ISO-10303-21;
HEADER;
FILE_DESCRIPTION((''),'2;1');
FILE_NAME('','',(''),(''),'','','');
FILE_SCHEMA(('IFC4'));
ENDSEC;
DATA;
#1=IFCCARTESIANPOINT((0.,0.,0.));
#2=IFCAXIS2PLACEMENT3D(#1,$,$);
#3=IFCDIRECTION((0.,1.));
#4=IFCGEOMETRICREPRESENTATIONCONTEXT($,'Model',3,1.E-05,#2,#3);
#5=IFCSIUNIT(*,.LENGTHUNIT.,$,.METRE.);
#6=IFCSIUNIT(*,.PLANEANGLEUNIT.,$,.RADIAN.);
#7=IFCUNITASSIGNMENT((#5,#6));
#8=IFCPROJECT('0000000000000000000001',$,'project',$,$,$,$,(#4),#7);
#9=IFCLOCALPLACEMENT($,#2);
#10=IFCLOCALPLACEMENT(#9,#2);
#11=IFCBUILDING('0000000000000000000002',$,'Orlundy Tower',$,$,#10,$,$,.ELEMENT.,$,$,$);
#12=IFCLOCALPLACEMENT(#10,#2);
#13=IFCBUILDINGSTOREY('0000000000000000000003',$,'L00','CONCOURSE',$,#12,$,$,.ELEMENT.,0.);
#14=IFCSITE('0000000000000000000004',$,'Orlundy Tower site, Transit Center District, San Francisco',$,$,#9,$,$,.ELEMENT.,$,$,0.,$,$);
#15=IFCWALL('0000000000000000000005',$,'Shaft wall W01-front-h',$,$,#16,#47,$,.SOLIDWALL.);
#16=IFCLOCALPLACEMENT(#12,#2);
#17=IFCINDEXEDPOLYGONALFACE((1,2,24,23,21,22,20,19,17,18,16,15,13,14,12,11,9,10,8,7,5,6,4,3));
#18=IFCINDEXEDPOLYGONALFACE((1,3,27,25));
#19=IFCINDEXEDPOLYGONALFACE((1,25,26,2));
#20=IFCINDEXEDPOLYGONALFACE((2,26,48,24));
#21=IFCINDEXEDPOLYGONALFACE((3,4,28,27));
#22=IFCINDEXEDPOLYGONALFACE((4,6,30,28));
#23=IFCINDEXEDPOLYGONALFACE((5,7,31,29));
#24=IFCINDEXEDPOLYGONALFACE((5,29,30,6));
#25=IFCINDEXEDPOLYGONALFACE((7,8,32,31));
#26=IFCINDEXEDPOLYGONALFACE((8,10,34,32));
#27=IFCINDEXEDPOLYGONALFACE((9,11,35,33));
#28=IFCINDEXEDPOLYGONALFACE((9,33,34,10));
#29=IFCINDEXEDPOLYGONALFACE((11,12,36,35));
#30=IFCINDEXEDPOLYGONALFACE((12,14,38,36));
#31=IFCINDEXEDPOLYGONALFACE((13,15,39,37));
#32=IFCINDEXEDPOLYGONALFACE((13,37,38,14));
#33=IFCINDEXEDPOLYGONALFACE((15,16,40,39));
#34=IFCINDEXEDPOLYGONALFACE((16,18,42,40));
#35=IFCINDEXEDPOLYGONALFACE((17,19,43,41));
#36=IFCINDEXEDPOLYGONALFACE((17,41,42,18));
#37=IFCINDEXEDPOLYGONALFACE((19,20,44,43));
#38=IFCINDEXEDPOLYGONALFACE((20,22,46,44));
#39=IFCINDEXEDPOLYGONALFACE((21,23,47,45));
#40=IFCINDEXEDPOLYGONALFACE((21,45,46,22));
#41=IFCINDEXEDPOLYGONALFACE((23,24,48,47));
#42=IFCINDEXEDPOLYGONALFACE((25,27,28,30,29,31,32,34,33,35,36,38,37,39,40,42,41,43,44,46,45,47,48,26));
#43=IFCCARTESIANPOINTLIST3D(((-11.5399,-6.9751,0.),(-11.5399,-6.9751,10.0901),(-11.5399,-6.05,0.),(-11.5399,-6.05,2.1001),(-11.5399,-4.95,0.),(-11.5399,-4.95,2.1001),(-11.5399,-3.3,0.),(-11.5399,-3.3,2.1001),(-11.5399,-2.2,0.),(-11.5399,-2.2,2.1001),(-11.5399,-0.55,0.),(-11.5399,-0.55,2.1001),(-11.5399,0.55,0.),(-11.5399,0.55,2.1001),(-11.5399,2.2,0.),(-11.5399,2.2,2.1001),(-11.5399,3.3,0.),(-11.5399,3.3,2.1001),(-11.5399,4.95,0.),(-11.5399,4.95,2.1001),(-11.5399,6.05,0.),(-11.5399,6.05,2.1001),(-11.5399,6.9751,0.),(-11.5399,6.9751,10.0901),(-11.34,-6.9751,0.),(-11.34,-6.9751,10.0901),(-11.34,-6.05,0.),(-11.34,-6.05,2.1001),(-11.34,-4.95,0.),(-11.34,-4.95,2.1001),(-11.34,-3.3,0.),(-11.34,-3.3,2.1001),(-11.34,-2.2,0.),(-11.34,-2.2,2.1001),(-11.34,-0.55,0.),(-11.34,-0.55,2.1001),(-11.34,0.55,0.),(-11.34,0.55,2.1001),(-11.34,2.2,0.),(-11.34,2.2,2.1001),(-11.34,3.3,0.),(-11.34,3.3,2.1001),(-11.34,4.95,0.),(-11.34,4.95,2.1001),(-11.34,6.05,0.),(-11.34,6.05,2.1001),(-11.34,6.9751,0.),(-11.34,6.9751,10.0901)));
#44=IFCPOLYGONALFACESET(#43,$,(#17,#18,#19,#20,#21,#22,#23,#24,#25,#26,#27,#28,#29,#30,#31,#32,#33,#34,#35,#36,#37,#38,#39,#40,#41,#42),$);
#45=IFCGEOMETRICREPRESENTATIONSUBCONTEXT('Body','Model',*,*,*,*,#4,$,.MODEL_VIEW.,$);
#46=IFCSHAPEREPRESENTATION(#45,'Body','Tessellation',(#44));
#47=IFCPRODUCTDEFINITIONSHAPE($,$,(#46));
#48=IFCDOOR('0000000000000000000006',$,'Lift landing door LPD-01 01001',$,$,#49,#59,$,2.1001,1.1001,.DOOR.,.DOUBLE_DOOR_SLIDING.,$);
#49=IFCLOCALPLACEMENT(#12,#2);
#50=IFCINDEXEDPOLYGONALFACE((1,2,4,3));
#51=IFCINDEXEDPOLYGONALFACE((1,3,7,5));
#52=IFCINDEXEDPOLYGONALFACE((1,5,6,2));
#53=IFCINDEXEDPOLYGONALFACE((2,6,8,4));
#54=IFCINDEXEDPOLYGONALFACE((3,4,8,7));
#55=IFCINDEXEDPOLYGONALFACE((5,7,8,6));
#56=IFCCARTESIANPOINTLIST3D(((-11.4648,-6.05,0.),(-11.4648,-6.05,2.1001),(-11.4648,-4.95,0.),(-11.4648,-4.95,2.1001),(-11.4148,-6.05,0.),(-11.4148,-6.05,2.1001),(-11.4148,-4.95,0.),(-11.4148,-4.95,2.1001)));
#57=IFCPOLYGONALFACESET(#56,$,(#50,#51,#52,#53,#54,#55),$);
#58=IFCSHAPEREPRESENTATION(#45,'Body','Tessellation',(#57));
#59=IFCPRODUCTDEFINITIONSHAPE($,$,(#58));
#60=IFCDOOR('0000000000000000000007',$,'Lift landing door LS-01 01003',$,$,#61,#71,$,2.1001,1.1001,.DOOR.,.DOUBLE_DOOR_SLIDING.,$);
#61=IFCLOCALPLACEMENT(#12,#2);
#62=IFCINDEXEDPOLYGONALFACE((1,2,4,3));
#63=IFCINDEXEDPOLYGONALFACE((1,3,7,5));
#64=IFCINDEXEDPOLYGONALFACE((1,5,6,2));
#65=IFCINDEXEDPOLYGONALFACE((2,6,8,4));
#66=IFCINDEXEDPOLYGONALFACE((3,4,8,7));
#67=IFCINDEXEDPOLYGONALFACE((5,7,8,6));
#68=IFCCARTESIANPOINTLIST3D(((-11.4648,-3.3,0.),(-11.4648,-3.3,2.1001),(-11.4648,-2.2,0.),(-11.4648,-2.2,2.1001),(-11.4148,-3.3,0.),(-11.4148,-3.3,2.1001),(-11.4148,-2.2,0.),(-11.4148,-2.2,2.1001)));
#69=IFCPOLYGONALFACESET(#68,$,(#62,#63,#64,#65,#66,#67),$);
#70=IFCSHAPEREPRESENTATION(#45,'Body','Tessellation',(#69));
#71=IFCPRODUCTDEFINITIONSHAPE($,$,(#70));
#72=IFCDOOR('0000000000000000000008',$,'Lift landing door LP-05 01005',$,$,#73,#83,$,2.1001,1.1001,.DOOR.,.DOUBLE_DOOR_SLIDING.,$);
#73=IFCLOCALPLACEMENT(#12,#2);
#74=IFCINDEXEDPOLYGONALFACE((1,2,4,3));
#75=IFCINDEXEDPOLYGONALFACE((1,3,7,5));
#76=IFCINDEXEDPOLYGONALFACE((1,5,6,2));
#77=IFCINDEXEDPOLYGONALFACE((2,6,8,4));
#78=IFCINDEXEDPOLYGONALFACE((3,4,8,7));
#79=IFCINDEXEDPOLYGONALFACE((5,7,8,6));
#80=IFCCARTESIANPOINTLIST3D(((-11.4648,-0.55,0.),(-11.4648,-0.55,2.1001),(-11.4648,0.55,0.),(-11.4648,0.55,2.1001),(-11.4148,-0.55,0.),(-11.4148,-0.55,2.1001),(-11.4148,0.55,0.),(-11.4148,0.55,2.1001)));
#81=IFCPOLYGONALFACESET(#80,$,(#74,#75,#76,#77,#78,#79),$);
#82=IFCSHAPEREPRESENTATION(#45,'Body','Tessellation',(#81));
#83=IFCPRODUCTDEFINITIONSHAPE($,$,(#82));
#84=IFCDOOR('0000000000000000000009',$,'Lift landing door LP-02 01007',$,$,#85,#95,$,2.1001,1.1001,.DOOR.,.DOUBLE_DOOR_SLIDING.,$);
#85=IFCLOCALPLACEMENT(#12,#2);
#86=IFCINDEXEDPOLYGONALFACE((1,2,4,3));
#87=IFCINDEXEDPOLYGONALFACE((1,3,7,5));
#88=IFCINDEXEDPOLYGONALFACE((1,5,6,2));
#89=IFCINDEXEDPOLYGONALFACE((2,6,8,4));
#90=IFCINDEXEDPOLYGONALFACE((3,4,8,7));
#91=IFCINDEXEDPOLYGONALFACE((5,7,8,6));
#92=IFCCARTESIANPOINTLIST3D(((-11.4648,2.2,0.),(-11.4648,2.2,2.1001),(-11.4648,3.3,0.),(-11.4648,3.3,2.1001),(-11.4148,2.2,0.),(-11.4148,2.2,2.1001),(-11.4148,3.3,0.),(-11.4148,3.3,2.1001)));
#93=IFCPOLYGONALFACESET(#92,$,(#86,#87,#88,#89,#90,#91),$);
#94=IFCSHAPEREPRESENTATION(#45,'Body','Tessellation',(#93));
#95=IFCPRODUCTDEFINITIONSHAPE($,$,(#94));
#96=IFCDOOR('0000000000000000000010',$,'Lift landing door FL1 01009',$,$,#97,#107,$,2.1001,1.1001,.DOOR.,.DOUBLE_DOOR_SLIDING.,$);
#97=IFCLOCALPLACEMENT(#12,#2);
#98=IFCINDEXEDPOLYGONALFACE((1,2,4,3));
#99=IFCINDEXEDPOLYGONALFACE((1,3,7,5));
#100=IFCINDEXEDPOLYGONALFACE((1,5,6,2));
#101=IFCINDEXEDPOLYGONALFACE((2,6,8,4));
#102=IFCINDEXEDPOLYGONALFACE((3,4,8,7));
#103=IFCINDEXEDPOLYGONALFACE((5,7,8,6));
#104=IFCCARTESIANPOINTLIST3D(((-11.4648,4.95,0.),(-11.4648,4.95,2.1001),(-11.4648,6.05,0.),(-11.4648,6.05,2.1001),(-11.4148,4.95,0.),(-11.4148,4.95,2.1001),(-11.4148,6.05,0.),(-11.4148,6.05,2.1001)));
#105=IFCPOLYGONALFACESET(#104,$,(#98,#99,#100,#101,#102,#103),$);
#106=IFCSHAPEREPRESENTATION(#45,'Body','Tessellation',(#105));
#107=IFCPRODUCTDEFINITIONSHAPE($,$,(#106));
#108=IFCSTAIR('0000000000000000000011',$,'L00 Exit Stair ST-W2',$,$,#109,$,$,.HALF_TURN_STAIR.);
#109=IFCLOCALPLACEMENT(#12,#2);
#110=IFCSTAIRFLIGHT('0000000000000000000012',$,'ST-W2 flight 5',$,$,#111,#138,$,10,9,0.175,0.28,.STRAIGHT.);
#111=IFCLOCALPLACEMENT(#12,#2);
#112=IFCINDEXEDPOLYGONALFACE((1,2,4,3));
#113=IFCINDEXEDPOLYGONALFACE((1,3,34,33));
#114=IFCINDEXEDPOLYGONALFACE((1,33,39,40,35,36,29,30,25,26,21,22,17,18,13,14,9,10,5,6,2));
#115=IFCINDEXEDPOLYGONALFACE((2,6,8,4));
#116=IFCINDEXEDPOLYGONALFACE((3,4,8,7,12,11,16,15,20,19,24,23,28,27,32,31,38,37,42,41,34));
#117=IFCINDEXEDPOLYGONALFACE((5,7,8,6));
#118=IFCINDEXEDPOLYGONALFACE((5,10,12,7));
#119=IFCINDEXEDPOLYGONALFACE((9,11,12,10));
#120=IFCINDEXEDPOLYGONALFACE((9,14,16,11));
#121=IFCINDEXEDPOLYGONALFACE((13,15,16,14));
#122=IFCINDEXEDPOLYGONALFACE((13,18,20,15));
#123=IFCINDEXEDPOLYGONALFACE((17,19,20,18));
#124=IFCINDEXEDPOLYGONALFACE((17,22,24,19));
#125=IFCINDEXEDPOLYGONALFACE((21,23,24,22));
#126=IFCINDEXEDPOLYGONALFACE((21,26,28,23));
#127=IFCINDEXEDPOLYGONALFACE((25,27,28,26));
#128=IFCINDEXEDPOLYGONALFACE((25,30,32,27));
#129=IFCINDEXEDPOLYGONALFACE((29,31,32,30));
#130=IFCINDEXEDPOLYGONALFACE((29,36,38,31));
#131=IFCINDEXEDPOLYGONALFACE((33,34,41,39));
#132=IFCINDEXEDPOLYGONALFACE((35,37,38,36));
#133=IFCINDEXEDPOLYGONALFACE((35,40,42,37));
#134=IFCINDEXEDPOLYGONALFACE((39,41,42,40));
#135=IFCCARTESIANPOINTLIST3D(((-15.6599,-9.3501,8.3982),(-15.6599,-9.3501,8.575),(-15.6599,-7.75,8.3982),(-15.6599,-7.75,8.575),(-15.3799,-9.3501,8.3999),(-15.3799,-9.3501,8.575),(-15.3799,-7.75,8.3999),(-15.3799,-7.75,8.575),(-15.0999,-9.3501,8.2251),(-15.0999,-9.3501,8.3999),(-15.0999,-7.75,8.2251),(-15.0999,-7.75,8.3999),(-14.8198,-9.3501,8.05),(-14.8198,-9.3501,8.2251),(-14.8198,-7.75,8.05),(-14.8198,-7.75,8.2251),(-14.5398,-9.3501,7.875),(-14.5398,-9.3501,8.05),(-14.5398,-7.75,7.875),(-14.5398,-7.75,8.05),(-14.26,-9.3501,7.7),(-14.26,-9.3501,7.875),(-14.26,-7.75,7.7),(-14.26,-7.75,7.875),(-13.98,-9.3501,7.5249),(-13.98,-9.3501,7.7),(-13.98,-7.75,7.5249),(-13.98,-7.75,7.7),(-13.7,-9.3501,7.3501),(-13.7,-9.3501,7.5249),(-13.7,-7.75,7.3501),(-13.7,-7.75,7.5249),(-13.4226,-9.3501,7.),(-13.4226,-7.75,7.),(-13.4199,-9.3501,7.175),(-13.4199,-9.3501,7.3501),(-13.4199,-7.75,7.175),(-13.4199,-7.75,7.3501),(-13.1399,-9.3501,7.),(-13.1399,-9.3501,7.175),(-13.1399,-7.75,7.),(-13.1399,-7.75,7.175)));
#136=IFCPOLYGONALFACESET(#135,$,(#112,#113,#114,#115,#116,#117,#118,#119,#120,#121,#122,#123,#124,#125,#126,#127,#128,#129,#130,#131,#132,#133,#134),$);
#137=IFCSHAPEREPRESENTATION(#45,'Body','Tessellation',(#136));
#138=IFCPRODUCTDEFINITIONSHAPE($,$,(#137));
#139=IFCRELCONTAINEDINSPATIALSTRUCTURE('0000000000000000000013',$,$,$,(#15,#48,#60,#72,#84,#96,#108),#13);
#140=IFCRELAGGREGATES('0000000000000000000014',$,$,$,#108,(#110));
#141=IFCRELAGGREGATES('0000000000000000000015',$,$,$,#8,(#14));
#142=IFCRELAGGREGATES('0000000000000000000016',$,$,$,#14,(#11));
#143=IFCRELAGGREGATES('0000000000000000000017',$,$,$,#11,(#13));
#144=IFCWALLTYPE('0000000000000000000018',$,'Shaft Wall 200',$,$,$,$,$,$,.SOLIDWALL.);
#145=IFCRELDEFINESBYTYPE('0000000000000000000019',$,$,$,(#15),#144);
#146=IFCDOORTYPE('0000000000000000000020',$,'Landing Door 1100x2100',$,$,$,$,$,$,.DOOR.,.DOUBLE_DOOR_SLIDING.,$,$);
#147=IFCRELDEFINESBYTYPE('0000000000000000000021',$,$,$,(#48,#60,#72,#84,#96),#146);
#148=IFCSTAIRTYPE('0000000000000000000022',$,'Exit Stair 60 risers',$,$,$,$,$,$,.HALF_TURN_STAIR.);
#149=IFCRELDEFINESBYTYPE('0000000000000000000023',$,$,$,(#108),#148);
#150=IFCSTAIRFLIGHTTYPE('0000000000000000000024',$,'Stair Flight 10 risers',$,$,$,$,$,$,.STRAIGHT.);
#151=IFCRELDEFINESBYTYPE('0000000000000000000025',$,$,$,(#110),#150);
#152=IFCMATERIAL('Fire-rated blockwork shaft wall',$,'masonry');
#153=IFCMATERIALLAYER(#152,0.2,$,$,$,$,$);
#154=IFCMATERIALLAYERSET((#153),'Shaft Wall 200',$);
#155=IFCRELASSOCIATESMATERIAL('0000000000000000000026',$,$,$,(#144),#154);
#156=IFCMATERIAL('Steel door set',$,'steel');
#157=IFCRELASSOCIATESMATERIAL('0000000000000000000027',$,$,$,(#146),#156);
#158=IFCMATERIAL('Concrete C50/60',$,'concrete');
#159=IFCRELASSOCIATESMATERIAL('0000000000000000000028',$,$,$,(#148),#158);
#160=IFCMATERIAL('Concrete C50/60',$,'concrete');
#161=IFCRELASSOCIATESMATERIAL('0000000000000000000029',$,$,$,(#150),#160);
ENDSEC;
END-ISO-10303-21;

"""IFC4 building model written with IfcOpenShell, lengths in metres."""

from ifc_helpers import new_model, si_unit, direction, frame, frame_2d, origin, place, context, subcontext, project, spatial, polyline, rectangle, outline, extrude, material, layer, layer_set, type_object, element, fill, aggregate, save


model = new_model("IFC4")

# Units and contexts
model_context = context("Model", 3, precision=1e-05, world=origin(), true_north=direction((0.0, 1.0)))
body_context = subcontext(model_context, "Body", "Model", "MODEL_VIEW")
ifc_project = project(units=[si_unit("LENGTHUNIT", "METRE"), si_unit("PLANEANGLEUNIT", "RADIAN")], contexts=[model_context])

# Site, building, storey
site_placement = place(None, origin())
site = spatial("IfcSite", under=ifc_project, at=site_placement, Name="Orlundy Tower site, Transit Center District, San Francisco", CompositionType="ELEMENT", RefElevation=0.0)
building_placement = place(site_placement, origin())
building = spatial("IfcBuilding", under=site, at=building_placement, Name="Orlundy Tower", CompositionType="ELEMENT")
storey_placement = place(building_placement, origin())
storey = spatial("IfcBuildingStorey", under=building, at=storey_placement, Name="L00", Description="CONCOURSE", CompositionType="ELEMENT", Elevation=0.0)

# Shared definitions
ifc_material_1 = material(Name="Fire-rated blockwork shaft wall", Category="masonry")
ifc_layer_1 = layer(ifc_material_1, 0.2)
ifc_layer_set_1 = layer_set([ifc_layer_1], Name="Shaft Wall 200")
wall_type_1 = type_object("IfcWallType", Name="Shaft Wall 200", PredefinedType="SOLIDWALL", material=ifc_layer_set_1)

# Wall, openings, doors
wall_1_placement = place(storey_placement, frame((-11.4399, -6.9751, 0.0), z_axis=(0.0, 0.0, 1.0), x_axis=(0.0, 1.0, 0.0)))
wall_1 = element("IfcWall", 1, at=wall_1_placement, inside=storey, type_object=wall_type_1, Name="Shaft wall W01-front-h", PredefinedType="SOLIDWALL", context=body_context, shape_type="SweptSolid", body=[
    extrude(rectangle(XDim=13.9502, YDim=0.2, at=frame_2d((6.9751, 0.0))), origin(), (0.0, 0.0, 1.0), 10.0901),
])
opening_1_placement = place(wall_1_placement, frame((0.925, 0.0, 0.0)))
opening_1 = element("IfcOpeningElement", 2, at=opening_1_placement, cuts=wall_1, PredefinedType="OPENING", context=body_context, shape_type="SweptSolid", body=[
    extrude(rectangle(XDim=1.1001, YDim=2.1001, at=frame_2d((0.55, 1.05))), frame((0.0, 0.1101, 0.0), z_axis=(0.0, -1.0, 0.0), x_axis=(1.0, 0.0, 0.0)), (0.0, 0.0, 1.0), 0.2202),
])
opening_2_placement = place(wall_1_placement, frame((3.675, 0.0, 0.0)))
opening_2 = element("IfcOpeningElement", 3, at=opening_2_placement, cuts=wall_1, PredefinedType="OPENING", context=body_context, shape_type="SweptSolid", body=[
    extrude(rectangle(XDim=1.1001, YDim=2.1001, at=frame_2d((0.55, 1.05))), frame((0.0, 0.1101, 0.0), z_axis=(0.0, -1.0, 0.0), x_axis=(1.0, 0.0, 0.0)), (0.0, 0.0, 1.0), 0.2202),
])
opening_3_placement = place(wall_1_placement, frame((6.425, 0.0, 0.0)))
opening_3 = element("IfcOpeningElement", 4, at=opening_3_placement, cuts=wall_1, PredefinedType="OPENING", context=body_context, shape_type="SweptSolid", body=[
    extrude(rectangle(XDim=1.1001, YDim=2.1001, at=frame_2d((0.55, 1.05))), frame((0.0, 0.1101, 0.0), z_axis=(0.0, -1.0, 0.0), x_axis=(1.0, 0.0, 0.0)), (0.0, 0.0, 1.0), 0.2202),
])
opening_4_placement = place(wall_1_placement, frame((9.175, 0.0, 0.0)))
opening_4 = element("IfcOpeningElement", 5, at=opening_4_placement, cuts=wall_1, PredefinedType="OPENING", context=body_context, shape_type="SweptSolid", body=[
    extrude(rectangle(XDim=1.1001, YDim=2.1001, at=frame_2d((0.55, 1.05))), frame((0.0, 0.1101, 0.0), z_axis=(0.0, -1.0, 0.0), x_axis=(1.0, 0.0, 0.0)), (0.0, 0.0, 1.0), 0.2202),
])
opening_5_placement = place(wall_1_placement, frame((11.925, 0.0, 0.0)))
opening_5 = element("IfcOpeningElement", 6, at=opening_5_placement, cuts=wall_1, PredefinedType="OPENING", context=body_context, shape_type="SweptSolid", body=[
    extrude(rectangle(XDim=1.1001, YDim=2.1001, at=frame_2d((0.55, 1.05))), frame((0.0, 0.1101, 0.0), z_axis=(0.0, -1.0, 0.0), x_axis=(1.0, 0.0, 0.0)), (0.0, 0.0, 1.0), 0.2202),
])
ifc_material_2 = material(Name="Steel door set", Category="steel")
door_type_1 = type_object("IfcDoorType", Name="Landing Door 1100x2100", OperationType="DOUBLE_DOOR_SLIDING", PredefinedType="DOOR", material=ifc_material_2)
door_1_placement = place(opening_1_placement, origin())
door_1 = element("IfcDoor", 7, at=door_1_placement, inside=storey, type_object=door_type_1, Name="Lift landing door LPD-01 01001", OperationType="DOUBLE_DOOR_SLIDING", OverallHeight=2.1001, OverallWidth=1.1001, PredefinedType="DOOR", context=body_context, shape_type="SweptSolid", body=[
    extrude(rectangle(XDim=1.1001, YDim=2.1001, at=frame_2d((0.55, 1.05))), frame((0.0, 0.0249, 0.0), z_axis=(0.0, -1.0, 0.0), x_axis=(1.0, 0.0, 0.0)), (0.0, 0.0, 1.0), 0.05),
])
fill(opening_1, door_1)
door_2_placement = place(opening_2_placement, origin())
door_2 = element("IfcDoor", 8, at=door_2_placement, inside=storey, type_object=door_type_1, Name="Lift landing door LS-01 01003", OperationType="DOUBLE_DOOR_SLIDING", OverallHeight=2.1001, OverallWidth=1.1001, PredefinedType="DOOR", context=body_context, shape_type="SweptSolid", body=[
    extrude(rectangle(XDim=1.1001, YDim=2.1001, at=frame_2d((0.55, 1.05))), frame((0.0, 0.0249, 0.0), z_axis=(0.0, -1.0, 0.0), x_axis=(1.0, 0.0, 0.0)), (0.0, 0.0, 1.0), 0.05),
])
fill(opening_2, door_2)
door_3_placement = place(opening_3_placement, origin())
door_3 = element("IfcDoor", 9, at=door_3_placement, inside=storey, type_object=door_type_1, Name="Lift landing door LP-05 01005", OperationType="DOUBLE_DOOR_SLIDING", OverallHeight=2.1001, OverallWidth=1.1001, PredefinedType="DOOR", context=body_context, shape_type="SweptSolid", body=[
    extrude(rectangle(XDim=1.1001, YDim=2.1001, at=frame_2d((0.55, 1.05))), frame((0.0, 0.0249, 0.0), z_axis=(0.0, -1.0, 0.0), x_axis=(1.0, 0.0, 0.0)), (0.0, 0.0, 1.0), 0.05),
])
fill(opening_3, door_3)
door_4_placement = place(opening_4_placement, origin())
door_4 = element("IfcDoor", 10, at=door_4_placement, inside=storey, type_object=door_type_1, Name="Lift landing door LP-02 01007", OperationType="DOUBLE_DOOR_SLIDING", OverallHeight=2.1001, OverallWidth=1.1001, PredefinedType="DOOR", context=body_context, shape_type="SweptSolid", body=[
    extrude(rectangle(XDim=1.1001, YDim=2.1001, at=frame_2d((0.55, 1.05))), frame((0.0, 0.0249, 0.0), z_axis=(0.0, -1.0, 0.0), x_axis=(1.0, 0.0, 0.0)), (0.0, 0.0, 1.0), 0.05),
])
fill(opening_4, door_4)
door_5_placement = place(opening_5_placement, origin())
door_5 = element("IfcDoor", 11, at=door_5_placement, inside=storey, type_object=door_type_1, Name="Lift landing door FL1 01009", OperationType="DOUBLE_DOOR_SLIDING", OverallHeight=2.1001, OverallWidth=1.1001, PredefinedType="DOOR", context=body_context, shape_type="SweptSolid", body=[
    extrude(rectangle(XDim=1.1001, YDim=2.1001, at=frame_2d((0.55, 1.05))), frame((0.0, 0.0249, 0.0), z_axis=(0.0, -1.0, 0.0), x_axis=(1.0, 0.0, 0.0)), (0.0, 0.0, 1.0), 0.05),
])
fill(opening_5, door_5)

# Stair, stair flight
ifc_material_3 = material(Name="Concrete C50/60", Category="concrete")
stair_type = type_object("IfcStairType", Name="Exit Stair 60 risers", PredefinedType="HALF_TURN_STAIR", material=ifc_material_3)
stair_placement = place(storey_placement, origin())
stair = element("IfcStair", 12, at=stair_placement, inside=storey, type_object=stair_type, Name="L00 Exit Stair ST-W2", PredefinedType="HALF_TURN_STAIR")
ifc_material_4 = material(Name="Concrete C50/60", Category="concrete")
stair_flight_type = type_object("IfcStairFlightType", Name="Stair Flight 10 risers", PredefinedType="STRAIGHT", material=ifc_material_4)
stair_flight_placement = place(storey_placement, frame((-13.1399, -8.55, 7.0), z_axis=(0.0, 0.0, 1.0), x_axis=(-1.0, 0.0, 0.0)))
stair_flight = element("IfcStairFlight", 13, at=stair_flight_placement, type_object=stair_flight_type, Name="ST-W2 flight 5", NumberOfRisers=10, NumberOfTreads=9, PredefinedType="STRAIGHT", RiserHeight=0.175, TreadLength=0.28, context=body_context, shape_type="SweptSolid", body=[
    extrude(outline(polyline([(0.0, 0.0), (0.0, 0.175), (0.28, 0.175), (0.28, 0.3501), (0.5601, 0.3501), (0.5601, 0.5249), (0.8401, 0.5249), (0.8401, 0.7), (1.1201, 0.7), (1.1201, 0.875), (1.3999, 0.875), (1.3999, 1.05), (1.6799, 1.05), (1.6799, 1.2251), (1.96, 1.2251), (1.96, 1.3999), (2.24, 1.3999), (2.24, 1.575), (2.52, 1.575), (2.52, 1.75), (2.52, 1.3982), (0.2827, 0.0), (0.0, 0.0)])), frame((0.0, 0.8, 0.0), z_axis=(0.0, -1.0, 0.0), x_axis=(1.0, 0.0, 0.0)), (0.0, 0.0, 1.0), 1.6001),
])
aggregate(stair, [stair_flight])

save(model, "model.ifc")
